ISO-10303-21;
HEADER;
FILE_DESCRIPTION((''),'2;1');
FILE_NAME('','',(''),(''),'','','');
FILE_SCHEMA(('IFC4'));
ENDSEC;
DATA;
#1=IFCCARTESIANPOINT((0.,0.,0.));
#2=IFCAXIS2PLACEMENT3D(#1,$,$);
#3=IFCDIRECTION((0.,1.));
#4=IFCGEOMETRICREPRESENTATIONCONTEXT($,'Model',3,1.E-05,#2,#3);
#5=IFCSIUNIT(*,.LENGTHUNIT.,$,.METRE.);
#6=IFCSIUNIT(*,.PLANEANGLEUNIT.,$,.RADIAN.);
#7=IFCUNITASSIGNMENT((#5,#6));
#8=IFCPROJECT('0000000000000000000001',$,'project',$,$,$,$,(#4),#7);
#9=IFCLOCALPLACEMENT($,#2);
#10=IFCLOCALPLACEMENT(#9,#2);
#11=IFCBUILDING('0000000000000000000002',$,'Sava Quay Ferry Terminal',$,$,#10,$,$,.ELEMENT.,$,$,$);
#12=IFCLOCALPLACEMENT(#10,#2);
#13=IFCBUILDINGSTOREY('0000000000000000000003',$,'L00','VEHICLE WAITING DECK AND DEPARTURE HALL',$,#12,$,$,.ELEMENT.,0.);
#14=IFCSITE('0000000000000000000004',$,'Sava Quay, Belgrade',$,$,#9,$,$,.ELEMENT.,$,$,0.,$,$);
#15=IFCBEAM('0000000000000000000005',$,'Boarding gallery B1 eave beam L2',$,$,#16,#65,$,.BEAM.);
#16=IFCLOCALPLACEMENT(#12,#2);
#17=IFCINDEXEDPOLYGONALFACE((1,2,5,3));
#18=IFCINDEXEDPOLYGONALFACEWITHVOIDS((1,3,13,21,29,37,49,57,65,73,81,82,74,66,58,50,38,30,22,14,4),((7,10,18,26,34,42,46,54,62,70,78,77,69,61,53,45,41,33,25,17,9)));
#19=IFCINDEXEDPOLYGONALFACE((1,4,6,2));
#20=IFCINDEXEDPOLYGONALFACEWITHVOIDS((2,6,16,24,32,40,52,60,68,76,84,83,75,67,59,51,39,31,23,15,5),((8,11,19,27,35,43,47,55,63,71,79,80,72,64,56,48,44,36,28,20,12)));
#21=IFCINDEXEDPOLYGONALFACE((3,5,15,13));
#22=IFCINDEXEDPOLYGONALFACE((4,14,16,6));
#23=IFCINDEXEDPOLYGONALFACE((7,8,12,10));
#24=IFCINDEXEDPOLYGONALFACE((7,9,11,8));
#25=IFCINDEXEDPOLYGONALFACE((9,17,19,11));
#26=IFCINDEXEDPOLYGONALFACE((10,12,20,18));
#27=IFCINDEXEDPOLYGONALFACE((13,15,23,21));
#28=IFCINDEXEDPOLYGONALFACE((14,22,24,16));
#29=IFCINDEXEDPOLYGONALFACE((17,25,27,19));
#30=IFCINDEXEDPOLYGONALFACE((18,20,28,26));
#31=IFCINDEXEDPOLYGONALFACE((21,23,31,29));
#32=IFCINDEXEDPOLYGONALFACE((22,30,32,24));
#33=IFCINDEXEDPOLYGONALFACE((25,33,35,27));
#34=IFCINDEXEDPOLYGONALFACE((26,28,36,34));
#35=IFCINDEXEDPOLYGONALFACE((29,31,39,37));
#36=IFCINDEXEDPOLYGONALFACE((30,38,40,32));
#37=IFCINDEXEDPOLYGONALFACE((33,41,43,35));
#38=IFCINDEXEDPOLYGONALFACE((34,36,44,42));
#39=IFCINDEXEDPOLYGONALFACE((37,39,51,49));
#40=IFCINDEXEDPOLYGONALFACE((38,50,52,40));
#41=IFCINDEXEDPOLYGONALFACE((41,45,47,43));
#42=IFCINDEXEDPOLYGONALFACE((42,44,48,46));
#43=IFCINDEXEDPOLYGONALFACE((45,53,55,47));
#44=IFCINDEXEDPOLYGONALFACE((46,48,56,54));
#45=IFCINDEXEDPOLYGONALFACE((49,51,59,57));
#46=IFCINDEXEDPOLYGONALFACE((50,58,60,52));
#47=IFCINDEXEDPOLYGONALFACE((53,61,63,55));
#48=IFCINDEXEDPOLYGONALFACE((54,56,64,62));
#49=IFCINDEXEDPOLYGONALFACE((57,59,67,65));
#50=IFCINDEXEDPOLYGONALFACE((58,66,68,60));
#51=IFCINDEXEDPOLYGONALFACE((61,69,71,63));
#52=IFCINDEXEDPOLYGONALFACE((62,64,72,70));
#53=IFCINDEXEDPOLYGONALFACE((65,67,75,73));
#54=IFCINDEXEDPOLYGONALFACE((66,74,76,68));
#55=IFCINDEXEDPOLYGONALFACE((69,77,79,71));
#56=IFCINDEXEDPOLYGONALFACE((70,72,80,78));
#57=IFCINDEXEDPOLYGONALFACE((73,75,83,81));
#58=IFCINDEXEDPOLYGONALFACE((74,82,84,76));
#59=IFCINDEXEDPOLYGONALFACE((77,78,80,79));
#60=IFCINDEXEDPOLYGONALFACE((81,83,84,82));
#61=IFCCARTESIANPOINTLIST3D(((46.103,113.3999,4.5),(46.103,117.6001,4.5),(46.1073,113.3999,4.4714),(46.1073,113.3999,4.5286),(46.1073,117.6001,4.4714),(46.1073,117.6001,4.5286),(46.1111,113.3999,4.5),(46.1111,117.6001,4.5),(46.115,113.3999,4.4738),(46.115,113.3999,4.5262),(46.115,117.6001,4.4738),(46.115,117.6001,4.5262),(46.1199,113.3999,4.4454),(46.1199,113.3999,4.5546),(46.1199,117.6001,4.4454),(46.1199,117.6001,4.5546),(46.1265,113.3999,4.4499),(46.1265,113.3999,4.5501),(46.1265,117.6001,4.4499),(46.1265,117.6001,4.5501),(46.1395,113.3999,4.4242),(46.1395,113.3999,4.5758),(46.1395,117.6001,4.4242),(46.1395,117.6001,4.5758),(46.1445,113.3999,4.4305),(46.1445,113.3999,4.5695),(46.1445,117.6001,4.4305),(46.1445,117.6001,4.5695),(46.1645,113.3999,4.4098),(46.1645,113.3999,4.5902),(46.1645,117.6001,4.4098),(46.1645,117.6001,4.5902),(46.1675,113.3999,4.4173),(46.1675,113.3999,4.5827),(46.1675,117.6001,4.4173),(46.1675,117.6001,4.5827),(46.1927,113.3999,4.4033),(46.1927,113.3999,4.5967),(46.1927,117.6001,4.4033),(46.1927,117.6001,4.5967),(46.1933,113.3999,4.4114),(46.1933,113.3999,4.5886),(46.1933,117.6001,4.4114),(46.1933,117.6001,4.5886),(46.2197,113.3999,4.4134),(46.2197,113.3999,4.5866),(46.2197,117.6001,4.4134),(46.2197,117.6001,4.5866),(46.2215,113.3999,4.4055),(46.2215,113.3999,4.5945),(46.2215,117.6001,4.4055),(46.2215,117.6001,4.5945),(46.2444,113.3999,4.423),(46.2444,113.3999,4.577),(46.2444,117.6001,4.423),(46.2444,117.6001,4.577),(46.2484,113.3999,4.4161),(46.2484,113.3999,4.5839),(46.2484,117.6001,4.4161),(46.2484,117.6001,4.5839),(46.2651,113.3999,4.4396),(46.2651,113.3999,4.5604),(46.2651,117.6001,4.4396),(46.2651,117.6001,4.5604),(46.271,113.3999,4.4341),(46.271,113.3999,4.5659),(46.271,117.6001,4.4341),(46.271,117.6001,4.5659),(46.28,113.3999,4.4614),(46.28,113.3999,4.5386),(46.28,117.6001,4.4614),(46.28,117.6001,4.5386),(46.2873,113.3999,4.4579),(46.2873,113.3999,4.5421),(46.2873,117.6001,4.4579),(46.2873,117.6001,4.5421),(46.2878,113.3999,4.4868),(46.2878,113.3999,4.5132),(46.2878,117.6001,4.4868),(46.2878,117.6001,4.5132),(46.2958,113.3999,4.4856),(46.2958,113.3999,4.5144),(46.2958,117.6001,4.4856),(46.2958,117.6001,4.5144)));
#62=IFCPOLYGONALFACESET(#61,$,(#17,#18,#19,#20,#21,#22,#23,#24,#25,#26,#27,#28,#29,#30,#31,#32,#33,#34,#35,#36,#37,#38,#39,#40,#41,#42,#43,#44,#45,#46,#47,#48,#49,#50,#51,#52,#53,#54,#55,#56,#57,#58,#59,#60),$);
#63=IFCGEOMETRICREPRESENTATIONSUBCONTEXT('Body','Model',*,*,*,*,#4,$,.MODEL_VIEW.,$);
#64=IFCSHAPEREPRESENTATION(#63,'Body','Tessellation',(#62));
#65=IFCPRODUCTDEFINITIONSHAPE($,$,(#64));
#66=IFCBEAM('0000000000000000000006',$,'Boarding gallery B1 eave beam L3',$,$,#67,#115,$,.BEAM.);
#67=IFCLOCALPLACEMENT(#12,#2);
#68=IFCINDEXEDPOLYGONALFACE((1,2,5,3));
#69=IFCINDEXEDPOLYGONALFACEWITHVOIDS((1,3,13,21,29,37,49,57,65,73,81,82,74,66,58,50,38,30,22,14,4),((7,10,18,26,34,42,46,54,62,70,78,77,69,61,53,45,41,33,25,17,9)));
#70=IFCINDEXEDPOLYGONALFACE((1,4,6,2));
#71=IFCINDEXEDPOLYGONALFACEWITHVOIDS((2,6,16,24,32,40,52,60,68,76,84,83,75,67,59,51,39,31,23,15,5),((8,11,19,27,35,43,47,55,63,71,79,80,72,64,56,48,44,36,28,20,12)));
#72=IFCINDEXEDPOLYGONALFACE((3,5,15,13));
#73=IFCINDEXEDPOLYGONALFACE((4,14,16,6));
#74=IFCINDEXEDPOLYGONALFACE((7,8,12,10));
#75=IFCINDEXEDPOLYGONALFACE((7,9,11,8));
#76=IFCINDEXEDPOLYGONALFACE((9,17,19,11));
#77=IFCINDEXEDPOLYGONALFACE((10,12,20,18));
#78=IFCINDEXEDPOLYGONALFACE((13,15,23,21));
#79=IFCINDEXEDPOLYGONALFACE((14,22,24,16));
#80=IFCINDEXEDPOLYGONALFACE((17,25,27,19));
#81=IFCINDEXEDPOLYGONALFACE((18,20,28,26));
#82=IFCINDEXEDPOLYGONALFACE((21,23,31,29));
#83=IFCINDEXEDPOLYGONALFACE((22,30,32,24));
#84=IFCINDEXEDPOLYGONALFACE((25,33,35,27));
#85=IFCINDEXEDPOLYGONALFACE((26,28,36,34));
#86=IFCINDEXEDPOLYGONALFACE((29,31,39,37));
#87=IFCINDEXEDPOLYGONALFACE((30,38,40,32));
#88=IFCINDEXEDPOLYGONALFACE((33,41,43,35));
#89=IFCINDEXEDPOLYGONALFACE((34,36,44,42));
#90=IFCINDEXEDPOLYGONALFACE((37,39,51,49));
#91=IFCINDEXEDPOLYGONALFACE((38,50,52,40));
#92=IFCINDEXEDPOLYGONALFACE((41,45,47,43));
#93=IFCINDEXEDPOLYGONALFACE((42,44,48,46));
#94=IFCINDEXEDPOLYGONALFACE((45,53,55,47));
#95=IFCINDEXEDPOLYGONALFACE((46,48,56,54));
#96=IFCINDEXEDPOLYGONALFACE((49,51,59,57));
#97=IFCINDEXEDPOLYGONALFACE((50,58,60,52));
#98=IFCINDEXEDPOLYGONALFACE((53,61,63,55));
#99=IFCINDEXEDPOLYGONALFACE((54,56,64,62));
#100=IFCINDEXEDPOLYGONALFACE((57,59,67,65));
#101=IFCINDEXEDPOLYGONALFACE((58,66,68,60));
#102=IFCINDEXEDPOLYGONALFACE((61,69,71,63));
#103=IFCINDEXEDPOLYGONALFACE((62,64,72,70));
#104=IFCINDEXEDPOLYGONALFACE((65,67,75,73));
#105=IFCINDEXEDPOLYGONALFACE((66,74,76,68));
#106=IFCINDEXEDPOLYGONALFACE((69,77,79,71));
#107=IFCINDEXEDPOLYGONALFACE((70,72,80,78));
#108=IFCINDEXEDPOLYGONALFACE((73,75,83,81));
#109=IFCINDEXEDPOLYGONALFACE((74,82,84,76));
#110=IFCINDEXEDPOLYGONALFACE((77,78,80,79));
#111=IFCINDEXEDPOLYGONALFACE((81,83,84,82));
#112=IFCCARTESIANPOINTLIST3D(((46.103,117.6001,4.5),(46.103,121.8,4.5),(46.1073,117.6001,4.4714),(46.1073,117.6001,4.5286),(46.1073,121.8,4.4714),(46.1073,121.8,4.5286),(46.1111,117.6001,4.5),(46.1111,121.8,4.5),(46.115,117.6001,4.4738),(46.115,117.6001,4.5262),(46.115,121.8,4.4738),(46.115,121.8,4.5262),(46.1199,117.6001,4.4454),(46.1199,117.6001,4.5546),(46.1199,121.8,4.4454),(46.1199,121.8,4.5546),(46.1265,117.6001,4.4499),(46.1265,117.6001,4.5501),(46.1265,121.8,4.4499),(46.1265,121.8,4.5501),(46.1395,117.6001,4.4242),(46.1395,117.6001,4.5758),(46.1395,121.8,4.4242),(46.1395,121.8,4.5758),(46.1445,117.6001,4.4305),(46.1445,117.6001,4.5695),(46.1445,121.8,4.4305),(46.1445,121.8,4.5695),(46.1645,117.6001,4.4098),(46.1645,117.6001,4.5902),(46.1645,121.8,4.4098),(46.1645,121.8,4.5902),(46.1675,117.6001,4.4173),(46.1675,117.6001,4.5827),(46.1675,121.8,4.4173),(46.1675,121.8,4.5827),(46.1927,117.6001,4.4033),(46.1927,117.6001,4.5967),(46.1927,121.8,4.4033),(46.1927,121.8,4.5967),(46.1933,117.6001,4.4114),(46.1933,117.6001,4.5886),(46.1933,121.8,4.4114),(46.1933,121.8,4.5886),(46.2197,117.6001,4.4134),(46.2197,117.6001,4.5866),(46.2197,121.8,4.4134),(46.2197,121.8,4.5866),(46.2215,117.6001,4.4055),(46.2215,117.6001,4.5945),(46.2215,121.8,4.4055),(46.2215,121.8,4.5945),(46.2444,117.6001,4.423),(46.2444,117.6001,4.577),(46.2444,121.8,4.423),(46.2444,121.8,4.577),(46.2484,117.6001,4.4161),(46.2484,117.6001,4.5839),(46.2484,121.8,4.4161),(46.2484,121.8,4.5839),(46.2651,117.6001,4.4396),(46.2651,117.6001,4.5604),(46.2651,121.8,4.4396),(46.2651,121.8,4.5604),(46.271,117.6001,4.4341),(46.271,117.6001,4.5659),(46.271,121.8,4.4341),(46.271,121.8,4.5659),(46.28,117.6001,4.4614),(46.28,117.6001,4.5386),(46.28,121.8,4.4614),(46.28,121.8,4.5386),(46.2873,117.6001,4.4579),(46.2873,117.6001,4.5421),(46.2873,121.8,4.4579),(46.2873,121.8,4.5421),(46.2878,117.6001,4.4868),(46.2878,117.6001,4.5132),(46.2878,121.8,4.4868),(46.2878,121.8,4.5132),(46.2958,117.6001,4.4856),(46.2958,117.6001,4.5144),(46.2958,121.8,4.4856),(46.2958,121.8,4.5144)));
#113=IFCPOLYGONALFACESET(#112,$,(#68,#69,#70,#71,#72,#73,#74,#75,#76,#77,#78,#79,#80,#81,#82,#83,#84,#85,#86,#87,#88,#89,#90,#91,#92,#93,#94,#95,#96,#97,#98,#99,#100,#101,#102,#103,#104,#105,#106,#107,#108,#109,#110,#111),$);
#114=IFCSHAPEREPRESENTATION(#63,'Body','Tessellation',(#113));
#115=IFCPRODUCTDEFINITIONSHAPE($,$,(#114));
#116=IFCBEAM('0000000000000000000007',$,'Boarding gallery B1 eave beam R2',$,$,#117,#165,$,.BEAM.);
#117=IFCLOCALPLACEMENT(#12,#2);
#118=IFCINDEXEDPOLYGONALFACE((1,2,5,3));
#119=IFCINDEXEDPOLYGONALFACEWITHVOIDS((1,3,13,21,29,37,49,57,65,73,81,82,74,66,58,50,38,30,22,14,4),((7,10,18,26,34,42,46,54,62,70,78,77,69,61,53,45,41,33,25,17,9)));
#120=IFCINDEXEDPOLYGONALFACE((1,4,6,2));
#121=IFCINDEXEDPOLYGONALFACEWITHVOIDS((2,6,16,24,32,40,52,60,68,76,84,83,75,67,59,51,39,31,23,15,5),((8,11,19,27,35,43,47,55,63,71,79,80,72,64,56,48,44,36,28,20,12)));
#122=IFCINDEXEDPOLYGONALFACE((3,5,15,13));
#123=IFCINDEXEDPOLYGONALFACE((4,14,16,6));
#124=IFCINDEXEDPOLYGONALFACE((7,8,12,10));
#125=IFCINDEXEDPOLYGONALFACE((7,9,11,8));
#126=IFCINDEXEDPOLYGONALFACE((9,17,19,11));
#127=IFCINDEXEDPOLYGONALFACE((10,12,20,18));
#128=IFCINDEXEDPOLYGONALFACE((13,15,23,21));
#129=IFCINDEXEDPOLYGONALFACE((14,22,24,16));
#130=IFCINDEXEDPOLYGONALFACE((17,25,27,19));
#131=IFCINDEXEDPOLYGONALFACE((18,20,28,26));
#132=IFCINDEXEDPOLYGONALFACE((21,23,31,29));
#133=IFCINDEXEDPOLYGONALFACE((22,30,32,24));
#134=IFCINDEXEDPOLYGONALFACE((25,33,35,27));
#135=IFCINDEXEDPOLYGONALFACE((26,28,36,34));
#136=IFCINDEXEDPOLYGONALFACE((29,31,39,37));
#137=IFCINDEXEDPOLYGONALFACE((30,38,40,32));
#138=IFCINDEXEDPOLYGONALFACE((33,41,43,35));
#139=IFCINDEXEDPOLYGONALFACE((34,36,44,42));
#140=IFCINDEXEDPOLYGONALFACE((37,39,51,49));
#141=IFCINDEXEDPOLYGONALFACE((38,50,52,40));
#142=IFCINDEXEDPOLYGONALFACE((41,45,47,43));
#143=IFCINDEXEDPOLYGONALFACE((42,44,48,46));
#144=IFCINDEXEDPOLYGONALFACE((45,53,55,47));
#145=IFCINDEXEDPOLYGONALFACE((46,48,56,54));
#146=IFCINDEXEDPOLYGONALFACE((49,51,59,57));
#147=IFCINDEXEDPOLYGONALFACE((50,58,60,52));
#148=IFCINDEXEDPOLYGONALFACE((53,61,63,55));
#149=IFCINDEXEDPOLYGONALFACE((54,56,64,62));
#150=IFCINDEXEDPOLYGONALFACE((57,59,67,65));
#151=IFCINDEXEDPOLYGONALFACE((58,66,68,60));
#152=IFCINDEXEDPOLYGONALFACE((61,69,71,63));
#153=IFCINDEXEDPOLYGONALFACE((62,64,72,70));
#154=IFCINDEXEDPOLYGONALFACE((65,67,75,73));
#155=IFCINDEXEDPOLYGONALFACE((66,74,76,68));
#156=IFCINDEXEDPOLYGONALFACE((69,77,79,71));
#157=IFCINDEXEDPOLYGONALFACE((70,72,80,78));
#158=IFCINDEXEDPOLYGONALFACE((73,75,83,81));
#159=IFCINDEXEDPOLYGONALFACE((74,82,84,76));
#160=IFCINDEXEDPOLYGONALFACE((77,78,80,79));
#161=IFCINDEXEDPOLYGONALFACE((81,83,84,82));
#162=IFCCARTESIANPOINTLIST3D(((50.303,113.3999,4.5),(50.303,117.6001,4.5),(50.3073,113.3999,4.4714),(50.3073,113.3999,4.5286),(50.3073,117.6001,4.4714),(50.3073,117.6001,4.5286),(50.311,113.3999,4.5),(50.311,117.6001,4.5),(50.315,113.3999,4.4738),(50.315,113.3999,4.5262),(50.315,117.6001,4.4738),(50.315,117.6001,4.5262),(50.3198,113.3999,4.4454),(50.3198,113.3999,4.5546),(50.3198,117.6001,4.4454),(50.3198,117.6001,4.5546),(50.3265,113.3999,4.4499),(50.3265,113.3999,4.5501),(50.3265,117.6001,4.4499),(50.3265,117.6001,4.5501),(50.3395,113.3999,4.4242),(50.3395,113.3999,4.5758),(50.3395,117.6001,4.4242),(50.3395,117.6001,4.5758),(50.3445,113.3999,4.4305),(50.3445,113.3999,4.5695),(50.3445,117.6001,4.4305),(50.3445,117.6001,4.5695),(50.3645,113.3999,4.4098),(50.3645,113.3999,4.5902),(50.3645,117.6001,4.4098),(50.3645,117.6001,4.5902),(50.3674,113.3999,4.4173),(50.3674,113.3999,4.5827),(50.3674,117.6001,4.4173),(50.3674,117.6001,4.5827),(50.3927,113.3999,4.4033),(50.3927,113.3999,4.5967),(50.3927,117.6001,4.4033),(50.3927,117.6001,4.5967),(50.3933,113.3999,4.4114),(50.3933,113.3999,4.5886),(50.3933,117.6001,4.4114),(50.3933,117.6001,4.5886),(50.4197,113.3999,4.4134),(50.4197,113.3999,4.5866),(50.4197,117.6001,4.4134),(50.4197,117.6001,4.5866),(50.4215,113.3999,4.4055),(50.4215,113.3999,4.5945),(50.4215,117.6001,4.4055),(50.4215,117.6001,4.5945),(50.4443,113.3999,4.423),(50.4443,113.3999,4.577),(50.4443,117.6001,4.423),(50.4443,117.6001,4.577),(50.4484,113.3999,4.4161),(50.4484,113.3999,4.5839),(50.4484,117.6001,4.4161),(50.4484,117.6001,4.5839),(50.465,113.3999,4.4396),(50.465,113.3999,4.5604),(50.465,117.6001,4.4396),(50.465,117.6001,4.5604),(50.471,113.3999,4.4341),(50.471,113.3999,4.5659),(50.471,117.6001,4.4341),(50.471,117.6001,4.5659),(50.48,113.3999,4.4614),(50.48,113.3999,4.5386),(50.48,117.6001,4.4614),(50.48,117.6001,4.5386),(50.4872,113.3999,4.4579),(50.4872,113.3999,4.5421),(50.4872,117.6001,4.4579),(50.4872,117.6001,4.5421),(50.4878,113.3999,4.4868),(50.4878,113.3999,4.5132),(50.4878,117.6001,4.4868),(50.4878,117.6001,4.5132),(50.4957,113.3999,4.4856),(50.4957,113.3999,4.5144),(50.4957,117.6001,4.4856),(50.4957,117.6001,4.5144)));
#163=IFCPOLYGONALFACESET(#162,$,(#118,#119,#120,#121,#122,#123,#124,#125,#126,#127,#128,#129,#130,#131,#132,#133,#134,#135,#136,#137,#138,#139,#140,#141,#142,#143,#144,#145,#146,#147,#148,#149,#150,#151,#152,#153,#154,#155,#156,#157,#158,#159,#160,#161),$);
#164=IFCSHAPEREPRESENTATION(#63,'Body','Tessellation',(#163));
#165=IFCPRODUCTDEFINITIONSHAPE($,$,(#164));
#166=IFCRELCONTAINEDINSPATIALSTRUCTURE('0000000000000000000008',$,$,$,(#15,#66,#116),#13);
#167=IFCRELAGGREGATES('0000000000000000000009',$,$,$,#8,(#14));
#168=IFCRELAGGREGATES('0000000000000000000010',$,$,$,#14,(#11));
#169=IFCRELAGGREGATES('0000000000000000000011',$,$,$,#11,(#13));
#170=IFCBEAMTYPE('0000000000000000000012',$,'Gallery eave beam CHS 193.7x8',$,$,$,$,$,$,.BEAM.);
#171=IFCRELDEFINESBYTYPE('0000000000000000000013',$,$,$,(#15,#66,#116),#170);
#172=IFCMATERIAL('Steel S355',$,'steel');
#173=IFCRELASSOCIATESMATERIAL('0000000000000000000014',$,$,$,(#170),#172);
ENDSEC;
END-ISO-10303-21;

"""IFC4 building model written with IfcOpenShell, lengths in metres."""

from ifc_helpers import new_model, si_unit, direction, frame, origin, origin_2d, place, context, subcontext, project, spatial, hollow_circle, extrude, material, material_profile, profile_set, type_object, element, save


model = new_model("IFC4")

# Units and contexts
model_context = context("Model", 3, precision=1e-05, world=origin(), true_north=direction((0.0, 1.0)))
body_context = subcontext(model_context, "Body", "Model", "MODEL_VIEW")
ifc_project = project(units=[si_unit("LENGTHUNIT", "METRE"), si_unit("PLANEANGLEUNIT", "RADIAN")], contexts=[model_context])

# Site, building, storey
site_placement = place(None, origin())
site = spatial("IfcSite", under=ifc_project, at=site_placement, Name="Sava Quay, Belgrade", CompositionType="ELEMENT", RefElevation=0.0)
building_placement = place(site_placement, origin())
building = spatial("IfcBuilding", under=site, at=building_placement, Name="Sava Quay Ferry Terminal", CompositionType="ELEMENT")
storey_placement = place(building_placement, origin())
storey = spatial("IfcBuildingStorey", under=building, at=storey_placement, Name="L00", Description="VEHICLE WAITING DECK AND DEPARTURE HALL", CompositionType="ELEMENT", Elevation=0.0)

# Beams
ifc_material_1 = material(Name="Steel S355", Category="steel")
ifc_material_profile_1 = material_profile(ifc_material_1, hollow_circle(Radius=0.0969, WallThickness=0.0081, at=origin_2d()), Name="CHS 193.7 x 8.0")
ifc_profile_set_1 = profile_set([ifc_material_profile_1], Name="Steel S355")
beam_type_1 = type_object("IfcBeamType", Name="Gallery eave beam CHS 193.7x8", PredefinedType="BEAM", material=ifc_profile_set_1)
beam_1_placement = place(storey_placement, frame((46.2, 113.3999, 4.5), z_axis=(0.0, 1.0, 0.0), x_axis=(-1.0, 0.0, 0.0)))
element("IfcBeam", 1, at=beam_1_placement, inside=storey, type_object=beam_type_1, Name="Boarding gallery B1 eave beam L2", PredefinedType="BEAM", context=body_context, shape_type="SweptSolid", body=[
    extrude(hollow_circle(Radius=0.0969, WallThickness=0.0081, at=origin_2d()), origin(), (0.0, 0.0, 1.0), 4.2002),
])
beam_2_placement = place(storey_placement, frame((46.2, 117.6001, 4.5), z_axis=(0.0, 1.0, 0.0), x_axis=(-1.0, 0.0, 0.0)))
element("IfcBeam", 2, at=beam_2_placement, inside=storey, type_object=beam_type_1, Name="Boarding gallery B1 eave beam L3", PredefinedType="BEAM", context=body_context, shape_type="SweptSolid", body=[
    extrude(hollow_circle(Radius=0.0969, WallThickness=0.0081, at=origin_2d()), origin(), (0.0, 0.0, 1.0), 4.2),
])
beam_3_placement = place(storey_placement, frame((50.3999, 113.3999, 4.5), z_axis=(0.0, 1.0, 0.0), x_axis=(-1.0, 0.0, 0.0)))
element("IfcBeam", 3, at=beam_3_placement, inside=storey, type_object=beam_type_1, Name="Boarding gallery B1 eave beam R2", PredefinedType="BEAM", context=body_context, shape_type="SweptSolid", body=[
    extrude(hollow_circle(Radius=0.0969, WallThickness=0.0081, at=origin_2d()), origin(), (0.0, 0.0, 1.0), 4.2002),
])

save(model, "model.ifc")
